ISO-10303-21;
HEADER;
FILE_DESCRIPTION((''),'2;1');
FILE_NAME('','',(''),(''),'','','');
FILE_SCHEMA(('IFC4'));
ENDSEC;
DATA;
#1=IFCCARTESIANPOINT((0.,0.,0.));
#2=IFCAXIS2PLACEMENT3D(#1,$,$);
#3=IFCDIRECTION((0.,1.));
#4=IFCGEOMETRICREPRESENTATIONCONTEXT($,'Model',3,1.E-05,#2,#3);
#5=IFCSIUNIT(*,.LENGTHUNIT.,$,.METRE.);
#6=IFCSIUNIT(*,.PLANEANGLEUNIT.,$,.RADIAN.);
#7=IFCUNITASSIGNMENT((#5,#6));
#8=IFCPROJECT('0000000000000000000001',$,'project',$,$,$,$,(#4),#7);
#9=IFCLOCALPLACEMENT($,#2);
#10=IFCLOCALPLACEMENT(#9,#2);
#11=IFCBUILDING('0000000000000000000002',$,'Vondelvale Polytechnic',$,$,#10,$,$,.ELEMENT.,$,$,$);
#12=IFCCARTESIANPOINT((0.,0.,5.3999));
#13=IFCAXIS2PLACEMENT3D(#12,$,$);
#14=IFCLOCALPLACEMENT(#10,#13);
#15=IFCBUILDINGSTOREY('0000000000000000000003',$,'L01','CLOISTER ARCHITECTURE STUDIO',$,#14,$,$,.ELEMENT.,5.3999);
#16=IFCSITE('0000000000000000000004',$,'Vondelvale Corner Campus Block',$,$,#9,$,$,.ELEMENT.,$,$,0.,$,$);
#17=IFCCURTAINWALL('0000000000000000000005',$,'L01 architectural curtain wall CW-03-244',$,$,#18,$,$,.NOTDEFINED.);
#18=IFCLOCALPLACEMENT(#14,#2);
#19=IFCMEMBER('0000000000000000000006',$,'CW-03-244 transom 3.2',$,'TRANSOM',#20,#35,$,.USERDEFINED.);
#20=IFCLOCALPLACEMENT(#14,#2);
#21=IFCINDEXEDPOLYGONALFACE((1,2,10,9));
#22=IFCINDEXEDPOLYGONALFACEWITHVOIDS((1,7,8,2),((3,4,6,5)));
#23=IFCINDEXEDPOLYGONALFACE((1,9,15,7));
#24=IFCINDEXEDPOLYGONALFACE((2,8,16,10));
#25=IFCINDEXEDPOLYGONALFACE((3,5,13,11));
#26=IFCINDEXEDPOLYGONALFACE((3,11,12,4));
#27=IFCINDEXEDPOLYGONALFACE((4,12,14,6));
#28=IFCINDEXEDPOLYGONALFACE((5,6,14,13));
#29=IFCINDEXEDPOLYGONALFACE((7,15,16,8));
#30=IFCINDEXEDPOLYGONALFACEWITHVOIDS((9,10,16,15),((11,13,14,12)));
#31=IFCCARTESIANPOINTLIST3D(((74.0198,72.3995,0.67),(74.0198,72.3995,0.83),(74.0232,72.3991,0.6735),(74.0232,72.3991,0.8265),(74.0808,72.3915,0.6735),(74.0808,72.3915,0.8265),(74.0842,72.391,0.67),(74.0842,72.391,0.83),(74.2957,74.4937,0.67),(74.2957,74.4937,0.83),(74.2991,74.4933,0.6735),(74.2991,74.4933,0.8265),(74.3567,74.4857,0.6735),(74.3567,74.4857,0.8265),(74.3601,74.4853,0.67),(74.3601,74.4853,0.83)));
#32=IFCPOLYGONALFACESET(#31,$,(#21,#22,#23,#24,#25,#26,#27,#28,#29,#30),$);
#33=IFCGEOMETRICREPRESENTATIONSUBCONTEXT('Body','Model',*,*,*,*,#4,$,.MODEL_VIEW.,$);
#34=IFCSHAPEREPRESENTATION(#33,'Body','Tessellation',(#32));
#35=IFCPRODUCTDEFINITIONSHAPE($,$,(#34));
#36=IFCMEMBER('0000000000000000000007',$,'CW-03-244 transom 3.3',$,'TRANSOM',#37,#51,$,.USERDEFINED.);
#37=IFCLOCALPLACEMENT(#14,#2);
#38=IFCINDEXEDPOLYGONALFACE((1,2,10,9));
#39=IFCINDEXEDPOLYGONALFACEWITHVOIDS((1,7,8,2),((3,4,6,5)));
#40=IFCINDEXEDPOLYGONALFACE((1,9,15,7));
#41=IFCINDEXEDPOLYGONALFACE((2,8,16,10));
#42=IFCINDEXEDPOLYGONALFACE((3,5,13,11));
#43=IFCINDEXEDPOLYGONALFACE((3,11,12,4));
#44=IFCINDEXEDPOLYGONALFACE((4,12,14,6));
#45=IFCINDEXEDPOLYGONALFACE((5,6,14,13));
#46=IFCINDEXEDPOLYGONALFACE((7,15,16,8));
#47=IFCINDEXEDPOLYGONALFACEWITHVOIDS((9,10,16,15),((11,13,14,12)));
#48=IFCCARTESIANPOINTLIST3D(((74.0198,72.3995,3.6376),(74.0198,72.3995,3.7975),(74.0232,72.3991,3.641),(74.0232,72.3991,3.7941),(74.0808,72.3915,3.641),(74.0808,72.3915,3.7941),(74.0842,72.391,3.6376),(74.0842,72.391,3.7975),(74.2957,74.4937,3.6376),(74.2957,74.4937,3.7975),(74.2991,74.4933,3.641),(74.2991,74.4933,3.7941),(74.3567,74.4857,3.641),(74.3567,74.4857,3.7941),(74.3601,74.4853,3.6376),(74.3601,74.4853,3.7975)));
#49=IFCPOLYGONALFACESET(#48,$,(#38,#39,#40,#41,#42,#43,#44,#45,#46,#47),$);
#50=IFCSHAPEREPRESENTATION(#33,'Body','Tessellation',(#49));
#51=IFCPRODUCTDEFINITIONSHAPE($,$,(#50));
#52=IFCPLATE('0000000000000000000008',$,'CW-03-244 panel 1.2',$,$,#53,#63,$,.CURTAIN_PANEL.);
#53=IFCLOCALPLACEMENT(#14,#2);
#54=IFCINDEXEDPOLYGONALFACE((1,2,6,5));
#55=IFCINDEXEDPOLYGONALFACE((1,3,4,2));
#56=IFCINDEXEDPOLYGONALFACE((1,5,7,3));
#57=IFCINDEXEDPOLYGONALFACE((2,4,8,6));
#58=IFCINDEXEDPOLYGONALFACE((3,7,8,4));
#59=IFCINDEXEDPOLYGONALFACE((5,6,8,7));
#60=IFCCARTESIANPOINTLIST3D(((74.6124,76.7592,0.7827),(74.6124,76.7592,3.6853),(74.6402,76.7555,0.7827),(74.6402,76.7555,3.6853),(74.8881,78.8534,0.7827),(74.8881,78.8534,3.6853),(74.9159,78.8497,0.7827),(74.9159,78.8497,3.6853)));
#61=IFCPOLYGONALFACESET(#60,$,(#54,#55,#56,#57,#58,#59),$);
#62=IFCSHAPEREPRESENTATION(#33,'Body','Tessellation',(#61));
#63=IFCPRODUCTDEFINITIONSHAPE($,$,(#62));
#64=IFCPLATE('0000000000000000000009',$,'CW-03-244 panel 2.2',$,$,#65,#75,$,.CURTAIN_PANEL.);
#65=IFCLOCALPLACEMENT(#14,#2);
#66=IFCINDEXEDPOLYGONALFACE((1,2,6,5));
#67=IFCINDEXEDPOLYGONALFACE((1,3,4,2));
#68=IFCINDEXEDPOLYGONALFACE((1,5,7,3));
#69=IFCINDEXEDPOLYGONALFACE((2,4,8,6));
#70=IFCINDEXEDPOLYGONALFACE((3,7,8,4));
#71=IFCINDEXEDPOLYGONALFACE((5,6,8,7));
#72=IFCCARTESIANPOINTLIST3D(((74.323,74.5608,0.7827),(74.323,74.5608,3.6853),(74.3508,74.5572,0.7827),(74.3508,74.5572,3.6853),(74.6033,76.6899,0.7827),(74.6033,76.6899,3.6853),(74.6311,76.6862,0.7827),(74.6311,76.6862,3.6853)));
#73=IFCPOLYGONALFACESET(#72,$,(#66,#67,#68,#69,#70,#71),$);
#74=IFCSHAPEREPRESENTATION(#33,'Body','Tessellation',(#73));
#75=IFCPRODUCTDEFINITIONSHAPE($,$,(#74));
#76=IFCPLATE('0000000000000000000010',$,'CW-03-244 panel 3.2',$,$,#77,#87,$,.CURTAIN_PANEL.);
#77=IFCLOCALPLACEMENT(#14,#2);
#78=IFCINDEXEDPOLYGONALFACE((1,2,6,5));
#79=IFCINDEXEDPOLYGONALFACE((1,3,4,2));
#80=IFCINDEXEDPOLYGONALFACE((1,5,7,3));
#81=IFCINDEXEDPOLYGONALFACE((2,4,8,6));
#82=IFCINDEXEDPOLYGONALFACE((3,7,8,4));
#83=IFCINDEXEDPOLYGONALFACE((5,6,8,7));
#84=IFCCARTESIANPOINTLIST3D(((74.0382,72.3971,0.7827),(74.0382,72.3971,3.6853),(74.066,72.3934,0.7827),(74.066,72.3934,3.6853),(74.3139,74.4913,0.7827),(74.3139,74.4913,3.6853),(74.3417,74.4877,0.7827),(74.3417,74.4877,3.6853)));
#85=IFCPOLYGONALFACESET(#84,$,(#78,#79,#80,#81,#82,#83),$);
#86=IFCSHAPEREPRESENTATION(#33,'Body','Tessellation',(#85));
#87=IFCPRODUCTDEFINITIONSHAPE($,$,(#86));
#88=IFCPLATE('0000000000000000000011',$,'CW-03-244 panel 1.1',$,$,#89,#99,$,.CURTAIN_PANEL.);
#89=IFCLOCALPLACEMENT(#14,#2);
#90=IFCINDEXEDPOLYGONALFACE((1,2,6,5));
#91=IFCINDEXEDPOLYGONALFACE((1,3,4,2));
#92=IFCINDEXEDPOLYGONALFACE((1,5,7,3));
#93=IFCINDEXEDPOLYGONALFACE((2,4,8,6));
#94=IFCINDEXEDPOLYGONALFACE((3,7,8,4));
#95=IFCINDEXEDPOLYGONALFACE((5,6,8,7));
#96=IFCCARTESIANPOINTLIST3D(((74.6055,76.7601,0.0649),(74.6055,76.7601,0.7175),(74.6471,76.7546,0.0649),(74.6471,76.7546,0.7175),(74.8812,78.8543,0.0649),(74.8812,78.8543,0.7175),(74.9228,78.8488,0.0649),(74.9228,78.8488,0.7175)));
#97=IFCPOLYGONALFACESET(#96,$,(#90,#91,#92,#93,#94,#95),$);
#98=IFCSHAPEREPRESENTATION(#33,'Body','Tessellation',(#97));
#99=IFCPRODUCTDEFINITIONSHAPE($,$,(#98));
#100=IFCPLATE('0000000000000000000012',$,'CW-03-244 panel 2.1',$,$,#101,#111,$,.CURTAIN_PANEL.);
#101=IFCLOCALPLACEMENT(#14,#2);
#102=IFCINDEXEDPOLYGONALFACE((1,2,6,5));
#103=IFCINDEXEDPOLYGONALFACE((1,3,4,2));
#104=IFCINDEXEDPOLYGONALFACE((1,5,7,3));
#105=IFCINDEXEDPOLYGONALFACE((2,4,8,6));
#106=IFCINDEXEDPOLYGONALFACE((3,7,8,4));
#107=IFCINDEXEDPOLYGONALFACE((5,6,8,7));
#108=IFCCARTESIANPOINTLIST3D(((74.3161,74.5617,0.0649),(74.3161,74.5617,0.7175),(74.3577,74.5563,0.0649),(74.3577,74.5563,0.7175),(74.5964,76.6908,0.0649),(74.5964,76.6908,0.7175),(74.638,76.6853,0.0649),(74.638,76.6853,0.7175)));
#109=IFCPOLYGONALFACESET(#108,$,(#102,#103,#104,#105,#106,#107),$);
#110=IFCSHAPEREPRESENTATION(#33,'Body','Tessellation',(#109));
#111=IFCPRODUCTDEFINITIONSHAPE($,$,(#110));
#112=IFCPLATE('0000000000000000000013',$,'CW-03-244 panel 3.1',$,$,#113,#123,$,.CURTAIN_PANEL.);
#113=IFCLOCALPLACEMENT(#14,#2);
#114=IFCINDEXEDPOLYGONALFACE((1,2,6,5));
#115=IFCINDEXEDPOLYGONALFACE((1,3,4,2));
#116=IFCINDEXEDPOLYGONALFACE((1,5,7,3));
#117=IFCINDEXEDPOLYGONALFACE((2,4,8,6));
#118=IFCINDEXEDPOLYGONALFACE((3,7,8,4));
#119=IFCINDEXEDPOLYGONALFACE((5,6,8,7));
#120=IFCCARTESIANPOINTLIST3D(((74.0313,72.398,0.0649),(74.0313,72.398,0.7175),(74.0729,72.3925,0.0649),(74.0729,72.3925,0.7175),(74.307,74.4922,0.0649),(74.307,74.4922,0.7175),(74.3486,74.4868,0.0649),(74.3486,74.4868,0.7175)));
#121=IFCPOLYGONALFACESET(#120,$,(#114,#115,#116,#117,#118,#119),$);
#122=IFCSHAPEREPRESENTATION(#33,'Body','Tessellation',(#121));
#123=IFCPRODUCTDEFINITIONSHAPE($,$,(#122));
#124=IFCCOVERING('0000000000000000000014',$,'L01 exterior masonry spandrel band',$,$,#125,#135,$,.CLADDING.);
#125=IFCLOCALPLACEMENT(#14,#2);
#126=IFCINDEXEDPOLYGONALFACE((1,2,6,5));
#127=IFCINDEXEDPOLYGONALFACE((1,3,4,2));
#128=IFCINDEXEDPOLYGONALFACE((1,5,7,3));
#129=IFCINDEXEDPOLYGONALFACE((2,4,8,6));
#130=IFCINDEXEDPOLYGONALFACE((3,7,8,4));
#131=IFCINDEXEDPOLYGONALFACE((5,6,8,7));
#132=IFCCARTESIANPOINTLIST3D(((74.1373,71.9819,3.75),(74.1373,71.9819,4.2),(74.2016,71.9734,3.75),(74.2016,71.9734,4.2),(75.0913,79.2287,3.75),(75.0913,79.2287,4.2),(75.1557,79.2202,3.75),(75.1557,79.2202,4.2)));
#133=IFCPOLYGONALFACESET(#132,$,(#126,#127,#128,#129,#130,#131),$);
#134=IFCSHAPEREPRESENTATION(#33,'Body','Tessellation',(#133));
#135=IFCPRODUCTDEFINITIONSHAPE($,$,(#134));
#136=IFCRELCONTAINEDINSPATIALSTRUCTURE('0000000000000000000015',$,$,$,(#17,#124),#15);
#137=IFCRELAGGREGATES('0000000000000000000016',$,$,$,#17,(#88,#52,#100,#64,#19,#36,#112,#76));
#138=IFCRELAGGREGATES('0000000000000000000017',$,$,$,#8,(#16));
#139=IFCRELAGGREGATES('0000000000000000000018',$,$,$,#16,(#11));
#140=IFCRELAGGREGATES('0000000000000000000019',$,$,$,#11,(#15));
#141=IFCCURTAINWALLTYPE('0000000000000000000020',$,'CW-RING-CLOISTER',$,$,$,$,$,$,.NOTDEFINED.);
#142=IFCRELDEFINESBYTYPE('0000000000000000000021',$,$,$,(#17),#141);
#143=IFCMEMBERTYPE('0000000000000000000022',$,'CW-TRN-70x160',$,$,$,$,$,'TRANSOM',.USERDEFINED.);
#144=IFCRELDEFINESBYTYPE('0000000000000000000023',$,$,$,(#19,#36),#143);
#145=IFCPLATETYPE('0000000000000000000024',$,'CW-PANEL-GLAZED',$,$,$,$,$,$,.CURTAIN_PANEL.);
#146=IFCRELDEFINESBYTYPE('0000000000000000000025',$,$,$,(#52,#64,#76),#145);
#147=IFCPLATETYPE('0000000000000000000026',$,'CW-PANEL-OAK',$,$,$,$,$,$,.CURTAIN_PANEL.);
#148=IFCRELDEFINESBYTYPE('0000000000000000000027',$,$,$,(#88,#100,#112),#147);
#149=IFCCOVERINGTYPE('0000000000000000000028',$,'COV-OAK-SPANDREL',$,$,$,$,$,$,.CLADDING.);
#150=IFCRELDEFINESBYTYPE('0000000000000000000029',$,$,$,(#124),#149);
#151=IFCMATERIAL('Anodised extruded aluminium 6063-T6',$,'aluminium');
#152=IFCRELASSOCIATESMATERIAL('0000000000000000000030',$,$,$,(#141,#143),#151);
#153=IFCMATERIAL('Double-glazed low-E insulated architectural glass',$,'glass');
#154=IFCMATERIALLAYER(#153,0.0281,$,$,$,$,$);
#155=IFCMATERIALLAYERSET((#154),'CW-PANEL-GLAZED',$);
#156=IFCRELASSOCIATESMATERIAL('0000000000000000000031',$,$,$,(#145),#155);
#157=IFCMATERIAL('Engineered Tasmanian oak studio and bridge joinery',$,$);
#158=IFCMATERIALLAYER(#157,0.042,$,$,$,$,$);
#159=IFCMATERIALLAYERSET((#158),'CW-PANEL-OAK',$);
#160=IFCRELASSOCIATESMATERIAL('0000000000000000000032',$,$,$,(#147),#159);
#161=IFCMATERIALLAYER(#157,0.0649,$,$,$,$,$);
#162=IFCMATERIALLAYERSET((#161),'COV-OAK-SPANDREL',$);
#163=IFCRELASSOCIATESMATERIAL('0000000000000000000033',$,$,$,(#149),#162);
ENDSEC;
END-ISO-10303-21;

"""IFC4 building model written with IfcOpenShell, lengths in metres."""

from ifc_helpers import new_model, si_unit, direction, frame, origin, origin_2d, place, context, subcontext, project, spatial, rectangle, hollow_rectangle, extrude, material, layer, layer_set, material_profile, profile_set, type_object, element, aggregate, save


model = new_model("IFC4")

# Units and contexts
model_context = context("Model", 3, precision=1e-05, world=origin(), true_north=direction((0.0, 1.0)))
body_context = subcontext(model_context, "Body", "Model", "MODEL_VIEW")
ifc_project = project(units=[si_unit("LENGTHUNIT", "METRE"), si_unit("PLANEANGLEUNIT", "RADIAN")], contexts=[model_context])

# Site, building, storey
site_placement = place(None, origin())
site = spatial("IfcSite", under=ifc_project, at=site_placement, Name="Vondelvale Corner Campus Block", CompositionType="ELEMENT", RefElevation=0.0)
building_placement = place(site_placement, origin())
building = spatial("IfcBuilding", under=site, at=building_placement, Name="Vondelvale Polytechnic", CompositionType="ELEMENT")
storey_placement = place(building_placement, frame((0.0, 0.0, 5.3999)))
storey = spatial("IfcBuildingStorey", under=building, at=storey_placement, Name="L01", Description="CLOISTER ARCHITECTURE STUDIO", CompositionType="ELEMENT", Elevation=5.3999)

# Curtain wall, members, plates
ifc_material_1 = material(Name="Anodised extruded aluminium 6063-T6", Category="aluminium")
curtain_wall_type = type_object("IfcCurtainWallType", Name="CW-RING-CLOISTER", PredefinedType="NOTDEFINED", material=ifc_material_1)
curtain_wall_placement = place(storey_placement, origin())
curtain_wall = element("IfcCurtainWall", 1, at=curtain_wall_placement, inside=storey, type_object=curtain_wall_type, Name="L01 architectural curtain wall CW-03-244", PredefinedType="NOTDEFINED")
ifc_material_profile_1 = material_profile(ifc_material_1, hollow_rectangle(XDim=0.0649, YDim=0.1599, WallThickness=0.0034, at=origin_2d()), Name="CW-TRN-160x65")
ifc_profile_set_1 = profile_set([ifc_material_profile_1], Name="Anodised extruded aluminium 6063-T6")
member_type_1 = type_object("IfcMemberType", Name="CW-TRN-70x160", ElementType="TRANSOM", PredefinedType="USERDEFINED", material=ifc_profile_set_1)
member_1_placement = place(storey_placement, frame((74.3279, 74.4895, 0.75), z_axis=(-0.130604, -0.991435, 0.0), x_axis=(0.991435, -0.130604, 0.0)))
member_1 = element("IfcMember", 2, at=member_1_placement, type_object=member_type_1, Name="CW-03-244 transom 3.2", ObjectType="TRANSOM", PredefinedType="USERDEFINED", context=body_context, shape_type="SweptSolid", body=[
    extrude(hollow_rectangle(XDim=0.0649, YDim=0.1599, WallThickness=0.0034, at=origin_2d()), origin(), (0.0, 0.0, 1.0), 2.1123),
])
member_2_placement = place(storey_placement, frame((74.3279, 74.4895, 3.7175), z_axis=(-0.130604, -0.991435, 0.0), x_axis=(0.991435, -0.130604, 0.0)))
member_2 = element("IfcMember", 3, at=member_2_placement, type_object=member_type_1, Name="CW-03-244 transom 3.3", ObjectType="TRANSOM", PredefinedType="USERDEFINED", context=body_context, shape_type="SweptSolid", body=[
    extrude(hollow_rectangle(XDim=0.0649, YDim=0.1599, WallThickness=0.0034, at=origin_2d()), origin(), (0.0, 0.0, 1.0), 2.1123),
])
ifc_material_2 = material(Name="Double-glazed low-E insulated architectural glass", Category="glass")
ifc_layer_1 = layer(ifc_material_2, 0.0281)
ifc_layer_set_1 = layer_set([ifc_layer_1], Name="CW-PANEL-GLAZED")
plate_type_1 = type_object("IfcPlateType", Name="CW-PANEL-GLAZED", PredefinedType="CURTAIN_PANEL", material=ifc_layer_set_1)
plate_1_placement = place(storey_placement, frame((74.7642, 77.8044, 0.7827), z_axis=(0.0, 0.0, 1.0), x_axis=(-0.130528, -0.991445, 0.0)))
plate_1 = element("IfcPlate", 4, at=plate_1_placement, type_object=plate_type_1, Name="CW-03-244 panel 1.2", PredefinedType="CURTAIN_PANEL", context=body_context, shape_type="SweptSolid", body=[
    extrude(rectangle(XDim=2.1123, YDim=0.0281, at=origin_2d()), origin(), (0.0, 0.0, 1.0), 2.9026),
])
plate_2_placement = place(storey_placement, frame((74.4771, 75.6235, 0.7827), z_axis=(0.0, 0.0, 1.0), x_axis=(-0.130528, -0.991445, 0.0)))
plate_2 = element("IfcPlate", 5, at=plate_2_placement, type_object=plate_type_1, Name="CW-03-244 panel 2.2", PredefinedType="CURTAIN_PANEL", context=body_context, shape_type="SweptSolid", body=[
    extrude(rectangle(XDim=2.1475, YDim=0.0281, at=origin_2d()), origin(), (0.0, 0.0, 1.0), 2.9026),
])
plate_3_placement = place(storey_placement, frame((74.1899, 73.4424, 0.7827), z_axis=(0.0, 0.0, 1.0), x_axis=(-0.130528, -0.991445, 0.0)))
plate_3 = element("IfcPlate", 6, at=plate_3_placement, type_object=plate_type_1, Name="CW-03-244 panel 3.2", PredefinedType="CURTAIN_PANEL", context=body_context, shape_type="SweptSolid", body=[
    extrude(rectangle(XDim=2.1123, YDim=0.0281, at=origin_2d()), origin(), (0.0, 0.0, 1.0), 2.9026),
])
ifc_material_3 = material(Name="Engineered Tasmanian oak studio and bridge joinery")
ifc_layer_2 = layer(ifc_material_3, 0.042)
ifc_layer_set_2 = layer_set([ifc_layer_2], Name="CW-PANEL-OAK")
plate_type_2 = type_object("IfcPlateType", Name="CW-PANEL-OAK", PredefinedType="CURTAIN_PANEL", material=ifc_layer_set_2)
plate_4_placement = place(storey_placement, frame((74.7642, 77.8044, 0.0649), z_axis=(0.0, 0.0, 1.0), x_axis=(-0.130528, -0.991445, 0.0)))
plate_4 = element("IfcPlate", 7, at=plate_4_placement, type_object=plate_type_2, Name="CW-03-244 panel 1.1", PredefinedType="CURTAIN_PANEL", context=body_context, shape_type="SweptSolid", body=[
    extrude(rectangle(XDim=2.1123, YDim=0.042, at=origin_2d()), origin(), (0.0, 0.0, 1.0), 0.6526),
])
plate_5_placement = place(storey_placement, frame((74.4771, 75.6235, 0.0649), z_axis=(0.0, 0.0, 1.0), x_axis=(-0.130528, -0.991445, 0.0)))
plate_5 = element("IfcPlate", 8, at=plate_5_placement, type_object=plate_type_2, Name="CW-03-244 panel 2.1", PredefinedType="CURTAIN_PANEL", context=body_context, shape_type="SweptSolid", body=[
    extrude(rectangle(XDim=2.1475, YDim=0.042, at=origin_2d()), origin(), (0.0, 0.0, 1.0), 0.6526),
])
plate_6_placement = place(storey_placement, frame((74.1899, 73.4424, 0.0649), z_axis=(0.0, 0.0, 1.0), x_axis=(-0.130528, -0.991445, 0.0)))
plate_6 = element("IfcPlate", 9, at=plate_6_placement, type_object=plate_type_2, Name="CW-03-244 panel 3.1", PredefinedType="CURTAIN_PANEL", context=body_context, shape_type="SweptSolid", body=[
    extrude(rectangle(XDim=2.1123, YDim=0.042, at=origin_2d()), origin(), (0.0, 0.0, 1.0), 0.6526),
])
aggregate(curtain_wall, [plate_4, plate_1, plate_5, plate_2, member_1, member_2, plate_6, plate_3])

# Covering
ifc_layer_3 = layer(ifc_material_3, 0.0649)
ifc_layer_set_3 = layer_set([ifc_layer_3], Name="COV-OAK-SPANDREL")
covering_type = type_object("IfcCoveringType", Name="COV-OAK-SPANDREL", PredefinedType="CLADDING", material=ifc_layer_set_3)
covering_placement = place(storey_placement, frame((74.6465, 75.6011, 3.75), z_axis=(0.0, 0.0, 1.0), x_axis=(-0.130526, -0.991445, 0.0)))
element("IfcCovering", 10, at=covering_placement, inside=storey, type_object=covering_type, Name="L01 exterior masonry spandrel band", PredefinedType="CLADDING", context=body_context, shape_type="SweptSolid", body=[
    extrude(rectangle(XDim=7.3093, YDim=0.0649, at=origin_2d()), origin(), (0.0, 0.0, 1.0), 0.45),
])

save(model, "model.ifc")
